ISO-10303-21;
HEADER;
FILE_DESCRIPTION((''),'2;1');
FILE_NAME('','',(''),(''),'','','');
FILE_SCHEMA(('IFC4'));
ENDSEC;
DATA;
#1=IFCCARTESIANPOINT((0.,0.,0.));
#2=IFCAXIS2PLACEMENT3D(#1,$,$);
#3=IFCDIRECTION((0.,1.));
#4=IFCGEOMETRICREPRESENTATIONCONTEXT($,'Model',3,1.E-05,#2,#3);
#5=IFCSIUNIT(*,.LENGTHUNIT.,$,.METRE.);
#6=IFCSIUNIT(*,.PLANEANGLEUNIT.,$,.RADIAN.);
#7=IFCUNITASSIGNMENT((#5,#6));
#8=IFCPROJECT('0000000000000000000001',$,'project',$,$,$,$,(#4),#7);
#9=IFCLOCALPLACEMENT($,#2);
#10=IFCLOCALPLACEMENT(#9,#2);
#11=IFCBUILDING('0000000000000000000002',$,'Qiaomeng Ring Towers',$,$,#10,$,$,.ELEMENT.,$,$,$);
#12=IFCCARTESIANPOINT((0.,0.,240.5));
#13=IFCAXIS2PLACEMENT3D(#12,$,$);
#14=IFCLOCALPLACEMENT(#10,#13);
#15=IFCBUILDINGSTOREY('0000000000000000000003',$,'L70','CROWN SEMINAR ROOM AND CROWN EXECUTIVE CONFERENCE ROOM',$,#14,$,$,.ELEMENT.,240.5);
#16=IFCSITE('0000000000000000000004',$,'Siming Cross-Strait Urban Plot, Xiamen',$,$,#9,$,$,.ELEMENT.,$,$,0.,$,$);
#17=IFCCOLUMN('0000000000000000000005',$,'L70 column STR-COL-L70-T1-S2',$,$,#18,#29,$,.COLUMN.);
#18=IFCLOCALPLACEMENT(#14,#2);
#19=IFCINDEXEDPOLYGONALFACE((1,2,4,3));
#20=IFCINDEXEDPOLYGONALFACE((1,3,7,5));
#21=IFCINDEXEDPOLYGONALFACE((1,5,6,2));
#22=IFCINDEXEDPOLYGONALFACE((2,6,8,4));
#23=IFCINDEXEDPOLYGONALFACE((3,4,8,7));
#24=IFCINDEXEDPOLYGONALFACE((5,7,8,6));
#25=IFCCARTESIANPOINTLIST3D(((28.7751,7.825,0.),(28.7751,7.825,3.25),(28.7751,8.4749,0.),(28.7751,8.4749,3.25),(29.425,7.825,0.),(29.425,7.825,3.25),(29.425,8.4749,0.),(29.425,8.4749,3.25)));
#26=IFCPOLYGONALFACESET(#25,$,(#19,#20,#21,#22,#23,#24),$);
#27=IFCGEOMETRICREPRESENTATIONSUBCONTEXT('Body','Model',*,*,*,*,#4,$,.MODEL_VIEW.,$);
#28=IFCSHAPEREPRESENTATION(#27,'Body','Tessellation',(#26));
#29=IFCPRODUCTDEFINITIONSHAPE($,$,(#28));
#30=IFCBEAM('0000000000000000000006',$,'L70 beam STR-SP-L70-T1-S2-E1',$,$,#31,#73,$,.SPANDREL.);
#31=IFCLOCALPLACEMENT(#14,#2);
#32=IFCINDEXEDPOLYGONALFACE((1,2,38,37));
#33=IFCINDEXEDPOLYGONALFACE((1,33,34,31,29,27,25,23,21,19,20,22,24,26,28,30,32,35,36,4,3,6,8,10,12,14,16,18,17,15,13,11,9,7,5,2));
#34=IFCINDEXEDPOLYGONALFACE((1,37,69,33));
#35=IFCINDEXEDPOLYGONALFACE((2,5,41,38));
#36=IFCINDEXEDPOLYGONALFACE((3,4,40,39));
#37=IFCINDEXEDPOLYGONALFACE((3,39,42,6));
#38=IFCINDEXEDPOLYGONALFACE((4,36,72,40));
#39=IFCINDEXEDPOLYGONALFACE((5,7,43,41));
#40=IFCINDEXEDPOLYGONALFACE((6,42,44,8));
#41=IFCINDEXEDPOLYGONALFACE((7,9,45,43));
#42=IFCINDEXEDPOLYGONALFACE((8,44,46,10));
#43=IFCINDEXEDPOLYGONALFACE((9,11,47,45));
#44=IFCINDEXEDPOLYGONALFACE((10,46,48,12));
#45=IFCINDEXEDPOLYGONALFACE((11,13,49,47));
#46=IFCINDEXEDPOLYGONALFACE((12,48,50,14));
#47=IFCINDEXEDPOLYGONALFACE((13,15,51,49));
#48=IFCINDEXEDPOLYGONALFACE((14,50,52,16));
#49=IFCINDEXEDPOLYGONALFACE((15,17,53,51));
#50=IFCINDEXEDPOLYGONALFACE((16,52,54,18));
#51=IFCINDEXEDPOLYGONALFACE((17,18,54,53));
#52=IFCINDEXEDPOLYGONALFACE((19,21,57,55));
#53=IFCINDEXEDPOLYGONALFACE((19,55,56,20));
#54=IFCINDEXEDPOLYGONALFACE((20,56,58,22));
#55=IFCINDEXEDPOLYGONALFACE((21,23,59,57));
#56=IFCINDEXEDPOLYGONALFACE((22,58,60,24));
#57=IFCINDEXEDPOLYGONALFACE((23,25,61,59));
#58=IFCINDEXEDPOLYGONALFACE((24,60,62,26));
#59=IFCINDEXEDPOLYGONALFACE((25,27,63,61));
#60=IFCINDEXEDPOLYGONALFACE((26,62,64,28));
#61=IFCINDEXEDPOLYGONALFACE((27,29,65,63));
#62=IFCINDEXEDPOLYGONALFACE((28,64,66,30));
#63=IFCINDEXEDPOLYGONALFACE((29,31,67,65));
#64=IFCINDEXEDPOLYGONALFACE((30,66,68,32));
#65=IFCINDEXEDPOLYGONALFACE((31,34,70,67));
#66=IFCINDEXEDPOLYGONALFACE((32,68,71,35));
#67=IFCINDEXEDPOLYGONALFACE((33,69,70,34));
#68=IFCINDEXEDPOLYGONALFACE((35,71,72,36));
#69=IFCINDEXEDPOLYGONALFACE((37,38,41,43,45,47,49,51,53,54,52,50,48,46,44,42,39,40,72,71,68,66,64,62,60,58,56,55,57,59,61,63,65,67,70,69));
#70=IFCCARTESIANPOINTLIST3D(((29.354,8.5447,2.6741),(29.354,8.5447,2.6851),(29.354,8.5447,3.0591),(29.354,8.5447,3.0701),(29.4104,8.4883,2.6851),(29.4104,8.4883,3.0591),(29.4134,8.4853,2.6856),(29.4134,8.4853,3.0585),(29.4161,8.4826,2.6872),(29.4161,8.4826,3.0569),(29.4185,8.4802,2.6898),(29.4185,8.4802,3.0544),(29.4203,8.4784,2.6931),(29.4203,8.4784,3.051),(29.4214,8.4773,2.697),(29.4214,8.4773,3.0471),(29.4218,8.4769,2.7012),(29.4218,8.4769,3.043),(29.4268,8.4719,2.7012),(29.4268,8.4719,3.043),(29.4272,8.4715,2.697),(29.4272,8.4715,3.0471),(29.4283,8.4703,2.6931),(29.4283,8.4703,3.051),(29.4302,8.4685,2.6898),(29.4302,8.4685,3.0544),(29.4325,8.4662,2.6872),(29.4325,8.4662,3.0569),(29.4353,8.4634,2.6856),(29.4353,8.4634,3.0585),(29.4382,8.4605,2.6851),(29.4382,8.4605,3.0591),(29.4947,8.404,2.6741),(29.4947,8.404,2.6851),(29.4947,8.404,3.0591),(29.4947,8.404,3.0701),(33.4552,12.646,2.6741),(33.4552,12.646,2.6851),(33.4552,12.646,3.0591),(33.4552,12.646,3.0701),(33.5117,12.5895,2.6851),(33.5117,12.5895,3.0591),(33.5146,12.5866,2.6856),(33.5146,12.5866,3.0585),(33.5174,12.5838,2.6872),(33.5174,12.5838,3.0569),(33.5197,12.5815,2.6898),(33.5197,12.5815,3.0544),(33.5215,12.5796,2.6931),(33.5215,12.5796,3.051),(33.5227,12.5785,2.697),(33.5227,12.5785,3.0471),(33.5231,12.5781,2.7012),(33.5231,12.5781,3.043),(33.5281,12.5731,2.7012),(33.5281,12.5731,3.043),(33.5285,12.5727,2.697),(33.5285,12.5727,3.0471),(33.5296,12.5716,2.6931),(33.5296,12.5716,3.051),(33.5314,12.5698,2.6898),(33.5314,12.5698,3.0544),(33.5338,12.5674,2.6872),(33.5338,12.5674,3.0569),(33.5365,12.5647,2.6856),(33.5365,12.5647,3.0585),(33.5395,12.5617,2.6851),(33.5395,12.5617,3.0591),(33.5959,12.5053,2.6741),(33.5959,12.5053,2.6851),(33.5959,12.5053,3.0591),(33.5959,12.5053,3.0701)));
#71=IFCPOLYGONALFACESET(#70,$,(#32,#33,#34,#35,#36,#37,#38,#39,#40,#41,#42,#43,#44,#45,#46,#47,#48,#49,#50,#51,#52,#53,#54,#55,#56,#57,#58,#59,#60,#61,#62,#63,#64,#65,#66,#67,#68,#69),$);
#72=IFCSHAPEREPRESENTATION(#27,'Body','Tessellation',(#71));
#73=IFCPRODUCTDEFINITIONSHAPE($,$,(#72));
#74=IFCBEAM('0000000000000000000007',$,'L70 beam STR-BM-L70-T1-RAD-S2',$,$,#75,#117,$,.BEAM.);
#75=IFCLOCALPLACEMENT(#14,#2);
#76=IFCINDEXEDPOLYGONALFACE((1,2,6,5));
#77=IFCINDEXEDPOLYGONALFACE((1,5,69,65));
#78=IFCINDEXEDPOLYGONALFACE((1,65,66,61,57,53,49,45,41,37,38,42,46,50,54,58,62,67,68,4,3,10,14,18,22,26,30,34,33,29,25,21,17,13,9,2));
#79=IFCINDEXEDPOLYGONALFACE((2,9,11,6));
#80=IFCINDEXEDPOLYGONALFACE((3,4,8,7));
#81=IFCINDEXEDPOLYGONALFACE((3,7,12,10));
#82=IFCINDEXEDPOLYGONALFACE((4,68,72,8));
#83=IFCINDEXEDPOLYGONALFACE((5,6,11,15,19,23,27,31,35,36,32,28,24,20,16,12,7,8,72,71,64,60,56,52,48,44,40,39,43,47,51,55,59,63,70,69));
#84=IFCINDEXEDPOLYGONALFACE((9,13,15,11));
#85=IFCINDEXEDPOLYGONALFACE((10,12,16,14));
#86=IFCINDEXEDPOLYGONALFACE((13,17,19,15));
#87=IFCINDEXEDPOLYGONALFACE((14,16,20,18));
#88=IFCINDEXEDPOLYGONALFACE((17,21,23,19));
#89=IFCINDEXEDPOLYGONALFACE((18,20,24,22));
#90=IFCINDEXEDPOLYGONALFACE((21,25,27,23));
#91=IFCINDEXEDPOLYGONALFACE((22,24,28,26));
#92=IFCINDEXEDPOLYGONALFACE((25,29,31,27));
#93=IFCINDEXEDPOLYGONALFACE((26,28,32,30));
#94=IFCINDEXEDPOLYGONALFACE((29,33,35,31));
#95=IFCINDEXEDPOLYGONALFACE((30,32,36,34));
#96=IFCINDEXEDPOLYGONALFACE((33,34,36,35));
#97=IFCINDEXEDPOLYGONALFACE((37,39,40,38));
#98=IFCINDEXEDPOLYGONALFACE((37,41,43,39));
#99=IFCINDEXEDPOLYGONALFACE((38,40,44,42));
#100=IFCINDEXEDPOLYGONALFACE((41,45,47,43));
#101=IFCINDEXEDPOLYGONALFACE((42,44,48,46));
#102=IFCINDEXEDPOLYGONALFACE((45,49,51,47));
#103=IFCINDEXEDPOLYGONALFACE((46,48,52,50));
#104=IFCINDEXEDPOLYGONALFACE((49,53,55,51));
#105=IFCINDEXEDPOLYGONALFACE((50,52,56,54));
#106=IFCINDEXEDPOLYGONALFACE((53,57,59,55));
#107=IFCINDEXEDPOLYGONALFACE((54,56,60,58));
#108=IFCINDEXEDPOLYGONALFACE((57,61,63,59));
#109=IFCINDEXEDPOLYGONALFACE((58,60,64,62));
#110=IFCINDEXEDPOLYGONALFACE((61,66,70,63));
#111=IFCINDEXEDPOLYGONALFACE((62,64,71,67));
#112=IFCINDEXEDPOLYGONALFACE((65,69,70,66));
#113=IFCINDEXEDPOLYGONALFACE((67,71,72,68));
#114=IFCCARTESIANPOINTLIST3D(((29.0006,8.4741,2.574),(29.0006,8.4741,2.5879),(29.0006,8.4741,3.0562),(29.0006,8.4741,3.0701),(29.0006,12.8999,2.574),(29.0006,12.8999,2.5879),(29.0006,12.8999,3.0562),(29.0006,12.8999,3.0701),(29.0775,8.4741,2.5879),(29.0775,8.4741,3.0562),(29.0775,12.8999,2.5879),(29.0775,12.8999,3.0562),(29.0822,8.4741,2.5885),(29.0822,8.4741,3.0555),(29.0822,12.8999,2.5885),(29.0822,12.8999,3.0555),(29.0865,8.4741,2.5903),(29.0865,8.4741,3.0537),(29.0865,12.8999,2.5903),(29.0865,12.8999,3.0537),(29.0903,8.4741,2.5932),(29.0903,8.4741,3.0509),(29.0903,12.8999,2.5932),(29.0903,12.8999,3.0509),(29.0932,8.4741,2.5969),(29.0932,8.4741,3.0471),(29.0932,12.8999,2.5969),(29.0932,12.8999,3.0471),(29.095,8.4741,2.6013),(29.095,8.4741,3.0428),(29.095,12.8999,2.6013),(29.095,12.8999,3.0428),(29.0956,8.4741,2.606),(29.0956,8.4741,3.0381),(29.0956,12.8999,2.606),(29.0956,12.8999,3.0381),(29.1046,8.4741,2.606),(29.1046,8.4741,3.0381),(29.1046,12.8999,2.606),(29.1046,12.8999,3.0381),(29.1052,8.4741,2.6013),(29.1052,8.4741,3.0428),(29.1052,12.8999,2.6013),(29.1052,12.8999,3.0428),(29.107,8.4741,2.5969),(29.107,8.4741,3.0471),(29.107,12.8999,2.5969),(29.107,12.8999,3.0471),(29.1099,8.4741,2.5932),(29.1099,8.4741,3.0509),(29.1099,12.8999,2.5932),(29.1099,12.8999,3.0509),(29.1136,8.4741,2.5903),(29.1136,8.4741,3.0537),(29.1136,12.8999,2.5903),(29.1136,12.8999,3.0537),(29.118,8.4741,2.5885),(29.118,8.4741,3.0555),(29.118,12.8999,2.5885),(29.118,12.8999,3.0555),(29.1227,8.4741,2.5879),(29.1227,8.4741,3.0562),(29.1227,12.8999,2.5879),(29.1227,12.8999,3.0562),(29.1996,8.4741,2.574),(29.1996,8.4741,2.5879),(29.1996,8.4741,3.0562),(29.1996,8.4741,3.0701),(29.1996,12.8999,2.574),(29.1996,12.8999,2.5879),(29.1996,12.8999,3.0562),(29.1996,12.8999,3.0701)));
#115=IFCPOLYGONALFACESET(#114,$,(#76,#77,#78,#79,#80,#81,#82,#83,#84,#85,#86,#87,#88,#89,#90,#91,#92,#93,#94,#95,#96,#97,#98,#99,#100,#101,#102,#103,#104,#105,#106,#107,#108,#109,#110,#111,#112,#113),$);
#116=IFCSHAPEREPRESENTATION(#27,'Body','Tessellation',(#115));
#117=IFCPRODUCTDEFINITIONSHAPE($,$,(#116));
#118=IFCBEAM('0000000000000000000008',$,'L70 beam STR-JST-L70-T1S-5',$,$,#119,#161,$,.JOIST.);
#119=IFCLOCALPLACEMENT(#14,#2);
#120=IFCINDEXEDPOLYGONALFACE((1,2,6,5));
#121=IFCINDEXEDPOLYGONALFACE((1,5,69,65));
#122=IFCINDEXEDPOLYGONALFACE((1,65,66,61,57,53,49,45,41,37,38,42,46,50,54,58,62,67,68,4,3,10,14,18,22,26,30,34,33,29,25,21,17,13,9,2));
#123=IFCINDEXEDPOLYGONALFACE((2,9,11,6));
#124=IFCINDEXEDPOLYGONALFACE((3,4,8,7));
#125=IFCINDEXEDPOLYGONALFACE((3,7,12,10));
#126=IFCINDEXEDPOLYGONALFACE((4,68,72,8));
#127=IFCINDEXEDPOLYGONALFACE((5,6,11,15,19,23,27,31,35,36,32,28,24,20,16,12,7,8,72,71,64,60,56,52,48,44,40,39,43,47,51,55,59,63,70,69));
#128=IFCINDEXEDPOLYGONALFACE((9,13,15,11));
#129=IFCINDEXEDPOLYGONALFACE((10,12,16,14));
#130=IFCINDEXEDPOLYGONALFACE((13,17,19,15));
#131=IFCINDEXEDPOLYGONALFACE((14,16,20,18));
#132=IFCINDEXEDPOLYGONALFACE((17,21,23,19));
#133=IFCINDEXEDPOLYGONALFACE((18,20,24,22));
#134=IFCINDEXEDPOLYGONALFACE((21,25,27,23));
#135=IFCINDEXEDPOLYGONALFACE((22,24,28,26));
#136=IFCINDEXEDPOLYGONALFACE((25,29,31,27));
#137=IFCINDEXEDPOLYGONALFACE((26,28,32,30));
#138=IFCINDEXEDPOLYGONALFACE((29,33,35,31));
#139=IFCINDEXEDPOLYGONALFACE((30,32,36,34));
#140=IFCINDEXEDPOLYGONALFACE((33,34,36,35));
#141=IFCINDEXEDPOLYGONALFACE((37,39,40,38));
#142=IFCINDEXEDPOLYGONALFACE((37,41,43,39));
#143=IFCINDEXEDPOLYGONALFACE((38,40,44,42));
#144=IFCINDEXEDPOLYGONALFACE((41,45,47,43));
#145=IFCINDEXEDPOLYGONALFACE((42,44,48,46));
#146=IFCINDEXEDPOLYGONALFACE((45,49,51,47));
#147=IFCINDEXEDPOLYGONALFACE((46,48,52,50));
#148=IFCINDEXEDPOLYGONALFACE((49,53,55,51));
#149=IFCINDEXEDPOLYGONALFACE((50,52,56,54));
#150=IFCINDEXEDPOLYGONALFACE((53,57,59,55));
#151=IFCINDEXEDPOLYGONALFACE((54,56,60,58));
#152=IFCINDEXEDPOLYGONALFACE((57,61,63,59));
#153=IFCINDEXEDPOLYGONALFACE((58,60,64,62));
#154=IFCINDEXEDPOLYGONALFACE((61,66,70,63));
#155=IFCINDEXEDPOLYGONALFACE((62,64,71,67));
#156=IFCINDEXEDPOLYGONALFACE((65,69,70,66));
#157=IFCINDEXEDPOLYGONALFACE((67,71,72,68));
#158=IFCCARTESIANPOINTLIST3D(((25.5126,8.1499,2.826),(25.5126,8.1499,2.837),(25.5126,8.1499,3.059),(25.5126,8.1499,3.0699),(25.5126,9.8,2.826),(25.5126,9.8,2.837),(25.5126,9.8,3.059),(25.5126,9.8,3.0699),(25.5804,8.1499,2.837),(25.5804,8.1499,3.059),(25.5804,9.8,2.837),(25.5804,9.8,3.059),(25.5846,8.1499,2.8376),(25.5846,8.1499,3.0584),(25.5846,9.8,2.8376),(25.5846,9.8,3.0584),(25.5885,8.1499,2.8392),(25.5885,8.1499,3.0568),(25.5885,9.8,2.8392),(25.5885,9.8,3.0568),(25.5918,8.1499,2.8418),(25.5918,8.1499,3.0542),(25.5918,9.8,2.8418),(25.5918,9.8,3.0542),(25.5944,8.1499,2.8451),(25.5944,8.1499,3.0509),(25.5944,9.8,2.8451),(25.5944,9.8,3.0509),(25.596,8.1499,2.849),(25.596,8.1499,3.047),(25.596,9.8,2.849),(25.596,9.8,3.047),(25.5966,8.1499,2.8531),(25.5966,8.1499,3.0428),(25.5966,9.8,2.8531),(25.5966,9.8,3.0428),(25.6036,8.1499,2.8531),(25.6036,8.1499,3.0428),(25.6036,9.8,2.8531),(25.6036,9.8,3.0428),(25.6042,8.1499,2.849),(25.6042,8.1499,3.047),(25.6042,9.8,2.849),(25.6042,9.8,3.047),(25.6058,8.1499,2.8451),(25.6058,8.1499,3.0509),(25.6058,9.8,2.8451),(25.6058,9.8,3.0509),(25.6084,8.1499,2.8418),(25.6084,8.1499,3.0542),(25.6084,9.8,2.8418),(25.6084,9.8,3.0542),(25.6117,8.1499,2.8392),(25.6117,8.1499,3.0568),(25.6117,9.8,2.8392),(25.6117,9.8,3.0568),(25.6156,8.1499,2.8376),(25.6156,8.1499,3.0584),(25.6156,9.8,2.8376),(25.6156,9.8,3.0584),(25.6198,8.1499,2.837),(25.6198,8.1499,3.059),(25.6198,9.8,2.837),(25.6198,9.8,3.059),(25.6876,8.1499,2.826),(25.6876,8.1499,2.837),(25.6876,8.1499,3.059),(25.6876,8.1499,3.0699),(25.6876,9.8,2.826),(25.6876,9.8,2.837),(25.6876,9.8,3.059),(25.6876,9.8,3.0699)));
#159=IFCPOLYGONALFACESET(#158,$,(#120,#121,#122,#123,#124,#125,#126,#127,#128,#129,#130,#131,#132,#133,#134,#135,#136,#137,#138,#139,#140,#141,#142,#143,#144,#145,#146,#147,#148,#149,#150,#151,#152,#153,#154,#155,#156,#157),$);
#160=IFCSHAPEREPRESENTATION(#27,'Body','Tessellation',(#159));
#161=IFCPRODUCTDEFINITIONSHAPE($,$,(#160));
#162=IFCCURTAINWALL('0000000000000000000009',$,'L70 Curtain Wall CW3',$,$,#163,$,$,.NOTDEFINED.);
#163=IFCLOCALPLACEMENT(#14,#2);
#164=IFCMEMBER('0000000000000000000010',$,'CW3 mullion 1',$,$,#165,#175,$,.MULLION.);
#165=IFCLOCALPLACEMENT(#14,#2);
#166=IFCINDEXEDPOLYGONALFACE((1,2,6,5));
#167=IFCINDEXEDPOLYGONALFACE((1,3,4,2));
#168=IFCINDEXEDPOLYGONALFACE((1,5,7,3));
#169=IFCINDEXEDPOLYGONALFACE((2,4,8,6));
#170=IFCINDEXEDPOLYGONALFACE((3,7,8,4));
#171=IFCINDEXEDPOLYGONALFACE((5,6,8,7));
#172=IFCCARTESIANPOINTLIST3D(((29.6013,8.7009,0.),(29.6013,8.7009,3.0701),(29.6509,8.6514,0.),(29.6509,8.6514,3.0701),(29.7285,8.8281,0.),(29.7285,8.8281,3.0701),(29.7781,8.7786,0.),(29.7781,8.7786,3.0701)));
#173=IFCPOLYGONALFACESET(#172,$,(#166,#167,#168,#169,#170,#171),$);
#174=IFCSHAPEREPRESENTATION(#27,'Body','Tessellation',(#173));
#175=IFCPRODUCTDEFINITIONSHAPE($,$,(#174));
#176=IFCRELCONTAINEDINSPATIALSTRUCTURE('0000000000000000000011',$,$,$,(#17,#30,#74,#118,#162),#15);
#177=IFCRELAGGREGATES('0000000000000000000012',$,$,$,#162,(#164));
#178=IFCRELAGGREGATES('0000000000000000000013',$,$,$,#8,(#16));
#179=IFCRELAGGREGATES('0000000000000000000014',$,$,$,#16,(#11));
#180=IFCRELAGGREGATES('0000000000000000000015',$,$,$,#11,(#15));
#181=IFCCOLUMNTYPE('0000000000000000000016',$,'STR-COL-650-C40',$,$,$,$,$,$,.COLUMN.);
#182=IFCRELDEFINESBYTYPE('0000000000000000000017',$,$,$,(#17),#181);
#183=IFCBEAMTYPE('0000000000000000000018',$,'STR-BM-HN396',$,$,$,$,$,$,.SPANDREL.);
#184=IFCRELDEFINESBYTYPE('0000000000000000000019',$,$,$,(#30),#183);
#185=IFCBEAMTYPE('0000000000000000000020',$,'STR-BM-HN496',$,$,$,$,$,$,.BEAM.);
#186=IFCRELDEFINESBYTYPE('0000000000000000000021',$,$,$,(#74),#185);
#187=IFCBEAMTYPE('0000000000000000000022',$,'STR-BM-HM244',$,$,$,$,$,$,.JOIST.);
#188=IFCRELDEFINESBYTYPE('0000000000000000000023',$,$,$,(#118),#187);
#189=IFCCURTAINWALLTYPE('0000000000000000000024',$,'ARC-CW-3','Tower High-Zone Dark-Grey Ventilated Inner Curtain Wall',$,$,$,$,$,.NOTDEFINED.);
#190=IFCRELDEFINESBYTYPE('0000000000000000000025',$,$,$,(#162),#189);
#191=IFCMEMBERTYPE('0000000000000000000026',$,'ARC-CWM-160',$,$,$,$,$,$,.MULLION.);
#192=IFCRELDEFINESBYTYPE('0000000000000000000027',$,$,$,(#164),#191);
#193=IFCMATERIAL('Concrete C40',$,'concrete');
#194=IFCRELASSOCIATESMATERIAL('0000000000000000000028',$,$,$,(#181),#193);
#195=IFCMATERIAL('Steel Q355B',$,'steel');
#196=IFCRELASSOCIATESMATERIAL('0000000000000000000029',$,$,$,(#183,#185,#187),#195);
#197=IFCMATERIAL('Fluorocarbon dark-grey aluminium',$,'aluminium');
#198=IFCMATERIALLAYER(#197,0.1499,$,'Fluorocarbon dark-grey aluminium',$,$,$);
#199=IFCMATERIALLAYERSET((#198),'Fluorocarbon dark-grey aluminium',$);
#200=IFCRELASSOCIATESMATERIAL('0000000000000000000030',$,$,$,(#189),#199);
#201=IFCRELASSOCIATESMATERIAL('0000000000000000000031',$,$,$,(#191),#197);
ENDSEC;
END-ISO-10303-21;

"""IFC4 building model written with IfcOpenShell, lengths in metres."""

from ifc_helpers import new_model, si_unit, direction, frame, origin, origin_2d, place, context, subcontext, project, spatial, rectangle, i_section, extrude, source, transform, mapped, material, layer, layer_set, material_profile, profile_set, type_object, element, aggregate, save


model = new_model("IFC4")

# Units and contexts
model_context = context("Model", 3, precision=1e-05, world=origin(), true_north=direction((0.0, 1.0)))
body_context = subcontext(model_context, "Body", "Model", "MODEL_VIEW")
ifc_project = project(units=[si_unit("LENGTHUNIT", "METRE"), si_unit("PLANEANGLEUNIT", "RADIAN")], contexts=[model_context])

# Site, building, storey
site_placement = place(None, origin())
site = spatial("IfcSite", under=ifc_project, at=site_placement, Name="Siming Cross-Strait Urban Plot, Xiamen", CompositionType="ELEMENT", RefElevation=0.0)
building_placement = place(site_placement, origin())
building = spatial("IfcBuilding", under=site, at=building_placement, Name="Qiaomeng Ring Towers", CompositionType="ELEMENT")
storey_placement = place(building_placement, frame((0.0, 0.0, 240.5)))
storey = spatial("IfcBuildingStorey", under=building, at=storey_placement, Name="L70", Description="CROWN SEMINAR ROOM AND CROWN EXECUTIVE CONFERENCE ROOM", CompositionType="ELEMENT", Elevation=240.5)

# Column
ifc_material_1 = material(Name="Concrete C40", Category="concrete")
ifc_material_profile_1 = material_profile(ifc_material_1, rectangle(XDim=0.6499, YDim=0.6499, at=origin_2d()), Name="RC COL 650x650")
ifc_profile_set_1 = profile_set([ifc_material_profile_1], Name="Concrete C40")
column_type = type_object("IfcColumnType", Name="STR-COL-650-C40", PredefinedType="COLUMN", material=ifc_profile_set_1)
shared_shape_1 = source(origin(), body_context, "Body", "SweptSolid", [
    extrude(rectangle(XDim=0.6499, YDim=0.6499, at=origin_2d()), origin(), (0.0, 0.0, 1.0), 3.25),
])
column_placement = place(storey_placement, frame((29.1001, 8.1499, 0.0), z_axis=(0.0, 0.0, 1.0), x_axis=(1.0, 0.0, 0.0)))
element("IfcColumn", 1, at=column_placement, inside=storey, type_object=column_type, Name="L70 column STR-COL-L70-T1-S2", PredefinedType="COLUMN", context=body_context, shape_type="MappedRepresentation", body=[
    mapped(shared_shape_1, transform((0.0, 0.0, 0.0), x_axis=(1.0, 0.0, 0.0), y_axis=(0.0, 1.0, 0.0), z_axis=(0.0, 0.0, 1.0), scale=1.0)),
])

# Beams
ifc_material_2 = material(Name="Steel Q355B", Category="steel")
ifc_material_profile_2 = material_profile(ifc_material_2, i_section(OverallWidth=0.199, OverallDepth=0.396, WebThickness=0.0071, FlangeThickness=0.011, FilletRadius=0.0161, at=origin_2d()), Name="HN 396x199x7x11")
ifc_profile_set_2 = profile_set([ifc_material_profile_2], Name="Steel Q355B")
beam_type_1 = type_object("IfcBeamType", Name="STR-BM-HN396", PredefinedType="SPANDREL", material=ifc_profile_set_2)
shared_shape_2 = source(origin(), body_context, "Body", "SweptSolid", [
    extrude(i_section(OverallWidth=0.199, OverallDepth=0.396, WebThickness=0.0071, FlangeThickness=0.011, FilletRadius=0.0161, at=origin_2d()), origin(), (0.0, 0.0, 1.0), 5.8),
])
beam_1_placement = place(storey_placement, frame((29.4243, 8.4744, 2.8721), z_axis=(0.707107, 0.707107, 0.0), x_axis=(-0.707107, 0.707107, 0.0)))
element("IfcBeam", 2, at=beam_1_placement, inside=storey, type_object=beam_type_1, Name="L70 beam STR-SP-L70-T1-S2-E1", PredefinedType="SPANDREL", context=body_context, shape_type="MappedRepresentation", body=[
    mapped(shared_shape_2, transform((0.0, 0.0, 0.0), x_axis=(1.0, 0.0, 0.0), y_axis=(0.0, 1.0, 0.0), z_axis=(0.0, 0.0, 1.0), scale=1.0)),
])
ifc_material_profile_3 = material_profile(ifc_material_2, i_section(OverallWidth=0.199, OverallDepth=0.4961, WebThickness=0.009, FlangeThickness=0.0139, FilletRadius=0.0181, at=origin_2d()), Name="HN 496x199x9x14")
ifc_profile_set_3 = profile_set([ifc_material_profile_3], Name="Steel Q355B")
beam_type_2 = type_object("IfcBeamType", Name="STR-BM-HN496", PredefinedType="BEAM", material=ifc_profile_set_3)
shared_shape_3 = source(origin(), body_context, "Body", "SweptSolid", [
    extrude(i_section(OverallWidth=0.199, OverallDepth=0.4961, WebThickness=0.009, FlangeThickness=0.0139, FilletRadius=0.0181, at=origin_2d()), origin(), (0.0, 0.0, 1.0), 4.4258),
])
beam_2_placement = place(storey_placement, frame((29.1001, 8.4741, 2.822), z_axis=(0.0, 1.0, 0.0), x_axis=(-1.0, 0.0, 0.0)))
element("IfcBeam", 3, at=beam_2_placement, inside=storey, type_object=beam_type_2, Name="L70 beam STR-BM-L70-T1-RAD-S2", PredefinedType="BEAM", context=body_context, shape_type="MappedRepresentation", body=[
    mapped(shared_shape_3, transform((0.0, 0.0, 0.0), x_axis=(1.0, 0.0, 0.0), y_axis=(0.0, 1.0, 0.0), z_axis=(0.0, 0.0, 1.0), scale=1.0)),
])
ifc_material_profile_4 = material_profile(ifc_material_2, i_section(OverallWidth=0.175, OverallDepth=0.2439, WebThickness=0.0071, FlangeThickness=0.011, FilletRadius=0.0161, at=origin_2d()), Name="HM 244x175x7x11")
ifc_profile_set_4 = profile_set([ifc_material_profile_4], Name="Steel Q355B")
beam_type_3 = type_object("IfcBeamType", Name="STR-BM-HM244", PredefinedType="JOIST", material=ifc_profile_set_4)
shared_shape_4 = source(origin(), body_context, "Body", "SweptSolid", [
    extrude(i_section(OverallWidth=0.175, OverallDepth=0.2439, WebThickness=0.0071, FlangeThickness=0.011, FilletRadius=0.0161, at=origin_2d()), origin(), (0.0, 0.0, 1.0), 1.6501),
])
beam_3_placement = place(storey_placement, frame((25.6001, 8.1499, 2.948), z_axis=(0.0, 1.0, 0.0), x_axis=(-1.0, 0.0, 0.0)))
element("IfcBeam", 4, at=beam_3_placement, inside=storey, type_object=beam_type_3, Name="L70 beam STR-JST-L70-T1S-5", PredefinedType="JOIST", context=body_context, shape_type="MappedRepresentation", body=[
    mapped(shared_shape_4, transform((0.0, 0.0, 0.0), x_axis=(1.0, 0.0, 0.0), y_axis=(0.0, 1.0, 0.0), z_axis=(0.0, 0.0, 1.0), scale=1.0)),
])

# Curtain wall, member
ifc_material_3 = material(Name="Fluorocarbon dark-grey aluminium", Category="aluminium")
ifc_layer_1 = layer(ifc_material_3, 0.1499, Name="Fluorocarbon dark-grey aluminium")
ifc_layer_set_1 = layer_set([ifc_layer_1], Name="Fluorocarbon dark-grey aluminium")
curtain_wall_type = type_object("IfcCurtainWallType", Name="ARC-CW-3", Description="Tower High-Zone Dark-Grey Ventilated Inner Curtain Wall", PredefinedType="NOTDEFINED", material=ifc_layer_set_1)
curtain_wall_placement = place(storey_placement, origin())
curtain_wall = element("IfcCurtainWall", 5, at=curtain_wall_placement, inside=storey, type_object=curtain_wall_type, Name="L70 Curtain Wall CW3", PredefinedType="NOTDEFINED")
ifc_material_profile_5 = material_profile(ifc_material_3, rectangle(XDim=0.0701, YDim=0.1799, at=origin_2d()), Name="ALU MULL 70x180")
ifc_profile_set_5 = profile_set([ifc_material_profile_5], Name="Fluorocarbon dark-grey aluminium")
member_type_1 = type_object("IfcMemberType", Name="ARC-CWM-160", PredefinedType="MULLION", material=ifc_profile_set_5)
shared_shape_5 = source(origin(), body_context, "Body", "SweptSolid", [
    extrude(rectangle(XDim=0.0701, YDim=0.1799, at=origin_2d()), origin(), (0.0, 0.0, 1.0), 3.0701),
])
member_1_placement = place(storey_placement, frame((29.6897, 8.7397, 0.0), z_axis=(0.0, 0.0, 1.0), x_axis=(-0.707107, 0.707107, 0.0)))
member_1 = element("IfcMember", 6, at=member_1_placement, type_object=member_type_1, Name="CW3 mullion 1", PredefinedType="MULLION", context=body_context, shape_type="MappedRepresentation", body=[
    mapped(shared_shape_5, transform((0.0, 0.0, 0.0), x_axis=(1.0, 0.0, 0.0), y_axis=(0.0, 1.0, 0.0), z_axis=(0.0, 0.0, 1.0), scale=1.0)),
])
aggregate(curtain_wall, [member_1])

save(model, "model.ifc")
